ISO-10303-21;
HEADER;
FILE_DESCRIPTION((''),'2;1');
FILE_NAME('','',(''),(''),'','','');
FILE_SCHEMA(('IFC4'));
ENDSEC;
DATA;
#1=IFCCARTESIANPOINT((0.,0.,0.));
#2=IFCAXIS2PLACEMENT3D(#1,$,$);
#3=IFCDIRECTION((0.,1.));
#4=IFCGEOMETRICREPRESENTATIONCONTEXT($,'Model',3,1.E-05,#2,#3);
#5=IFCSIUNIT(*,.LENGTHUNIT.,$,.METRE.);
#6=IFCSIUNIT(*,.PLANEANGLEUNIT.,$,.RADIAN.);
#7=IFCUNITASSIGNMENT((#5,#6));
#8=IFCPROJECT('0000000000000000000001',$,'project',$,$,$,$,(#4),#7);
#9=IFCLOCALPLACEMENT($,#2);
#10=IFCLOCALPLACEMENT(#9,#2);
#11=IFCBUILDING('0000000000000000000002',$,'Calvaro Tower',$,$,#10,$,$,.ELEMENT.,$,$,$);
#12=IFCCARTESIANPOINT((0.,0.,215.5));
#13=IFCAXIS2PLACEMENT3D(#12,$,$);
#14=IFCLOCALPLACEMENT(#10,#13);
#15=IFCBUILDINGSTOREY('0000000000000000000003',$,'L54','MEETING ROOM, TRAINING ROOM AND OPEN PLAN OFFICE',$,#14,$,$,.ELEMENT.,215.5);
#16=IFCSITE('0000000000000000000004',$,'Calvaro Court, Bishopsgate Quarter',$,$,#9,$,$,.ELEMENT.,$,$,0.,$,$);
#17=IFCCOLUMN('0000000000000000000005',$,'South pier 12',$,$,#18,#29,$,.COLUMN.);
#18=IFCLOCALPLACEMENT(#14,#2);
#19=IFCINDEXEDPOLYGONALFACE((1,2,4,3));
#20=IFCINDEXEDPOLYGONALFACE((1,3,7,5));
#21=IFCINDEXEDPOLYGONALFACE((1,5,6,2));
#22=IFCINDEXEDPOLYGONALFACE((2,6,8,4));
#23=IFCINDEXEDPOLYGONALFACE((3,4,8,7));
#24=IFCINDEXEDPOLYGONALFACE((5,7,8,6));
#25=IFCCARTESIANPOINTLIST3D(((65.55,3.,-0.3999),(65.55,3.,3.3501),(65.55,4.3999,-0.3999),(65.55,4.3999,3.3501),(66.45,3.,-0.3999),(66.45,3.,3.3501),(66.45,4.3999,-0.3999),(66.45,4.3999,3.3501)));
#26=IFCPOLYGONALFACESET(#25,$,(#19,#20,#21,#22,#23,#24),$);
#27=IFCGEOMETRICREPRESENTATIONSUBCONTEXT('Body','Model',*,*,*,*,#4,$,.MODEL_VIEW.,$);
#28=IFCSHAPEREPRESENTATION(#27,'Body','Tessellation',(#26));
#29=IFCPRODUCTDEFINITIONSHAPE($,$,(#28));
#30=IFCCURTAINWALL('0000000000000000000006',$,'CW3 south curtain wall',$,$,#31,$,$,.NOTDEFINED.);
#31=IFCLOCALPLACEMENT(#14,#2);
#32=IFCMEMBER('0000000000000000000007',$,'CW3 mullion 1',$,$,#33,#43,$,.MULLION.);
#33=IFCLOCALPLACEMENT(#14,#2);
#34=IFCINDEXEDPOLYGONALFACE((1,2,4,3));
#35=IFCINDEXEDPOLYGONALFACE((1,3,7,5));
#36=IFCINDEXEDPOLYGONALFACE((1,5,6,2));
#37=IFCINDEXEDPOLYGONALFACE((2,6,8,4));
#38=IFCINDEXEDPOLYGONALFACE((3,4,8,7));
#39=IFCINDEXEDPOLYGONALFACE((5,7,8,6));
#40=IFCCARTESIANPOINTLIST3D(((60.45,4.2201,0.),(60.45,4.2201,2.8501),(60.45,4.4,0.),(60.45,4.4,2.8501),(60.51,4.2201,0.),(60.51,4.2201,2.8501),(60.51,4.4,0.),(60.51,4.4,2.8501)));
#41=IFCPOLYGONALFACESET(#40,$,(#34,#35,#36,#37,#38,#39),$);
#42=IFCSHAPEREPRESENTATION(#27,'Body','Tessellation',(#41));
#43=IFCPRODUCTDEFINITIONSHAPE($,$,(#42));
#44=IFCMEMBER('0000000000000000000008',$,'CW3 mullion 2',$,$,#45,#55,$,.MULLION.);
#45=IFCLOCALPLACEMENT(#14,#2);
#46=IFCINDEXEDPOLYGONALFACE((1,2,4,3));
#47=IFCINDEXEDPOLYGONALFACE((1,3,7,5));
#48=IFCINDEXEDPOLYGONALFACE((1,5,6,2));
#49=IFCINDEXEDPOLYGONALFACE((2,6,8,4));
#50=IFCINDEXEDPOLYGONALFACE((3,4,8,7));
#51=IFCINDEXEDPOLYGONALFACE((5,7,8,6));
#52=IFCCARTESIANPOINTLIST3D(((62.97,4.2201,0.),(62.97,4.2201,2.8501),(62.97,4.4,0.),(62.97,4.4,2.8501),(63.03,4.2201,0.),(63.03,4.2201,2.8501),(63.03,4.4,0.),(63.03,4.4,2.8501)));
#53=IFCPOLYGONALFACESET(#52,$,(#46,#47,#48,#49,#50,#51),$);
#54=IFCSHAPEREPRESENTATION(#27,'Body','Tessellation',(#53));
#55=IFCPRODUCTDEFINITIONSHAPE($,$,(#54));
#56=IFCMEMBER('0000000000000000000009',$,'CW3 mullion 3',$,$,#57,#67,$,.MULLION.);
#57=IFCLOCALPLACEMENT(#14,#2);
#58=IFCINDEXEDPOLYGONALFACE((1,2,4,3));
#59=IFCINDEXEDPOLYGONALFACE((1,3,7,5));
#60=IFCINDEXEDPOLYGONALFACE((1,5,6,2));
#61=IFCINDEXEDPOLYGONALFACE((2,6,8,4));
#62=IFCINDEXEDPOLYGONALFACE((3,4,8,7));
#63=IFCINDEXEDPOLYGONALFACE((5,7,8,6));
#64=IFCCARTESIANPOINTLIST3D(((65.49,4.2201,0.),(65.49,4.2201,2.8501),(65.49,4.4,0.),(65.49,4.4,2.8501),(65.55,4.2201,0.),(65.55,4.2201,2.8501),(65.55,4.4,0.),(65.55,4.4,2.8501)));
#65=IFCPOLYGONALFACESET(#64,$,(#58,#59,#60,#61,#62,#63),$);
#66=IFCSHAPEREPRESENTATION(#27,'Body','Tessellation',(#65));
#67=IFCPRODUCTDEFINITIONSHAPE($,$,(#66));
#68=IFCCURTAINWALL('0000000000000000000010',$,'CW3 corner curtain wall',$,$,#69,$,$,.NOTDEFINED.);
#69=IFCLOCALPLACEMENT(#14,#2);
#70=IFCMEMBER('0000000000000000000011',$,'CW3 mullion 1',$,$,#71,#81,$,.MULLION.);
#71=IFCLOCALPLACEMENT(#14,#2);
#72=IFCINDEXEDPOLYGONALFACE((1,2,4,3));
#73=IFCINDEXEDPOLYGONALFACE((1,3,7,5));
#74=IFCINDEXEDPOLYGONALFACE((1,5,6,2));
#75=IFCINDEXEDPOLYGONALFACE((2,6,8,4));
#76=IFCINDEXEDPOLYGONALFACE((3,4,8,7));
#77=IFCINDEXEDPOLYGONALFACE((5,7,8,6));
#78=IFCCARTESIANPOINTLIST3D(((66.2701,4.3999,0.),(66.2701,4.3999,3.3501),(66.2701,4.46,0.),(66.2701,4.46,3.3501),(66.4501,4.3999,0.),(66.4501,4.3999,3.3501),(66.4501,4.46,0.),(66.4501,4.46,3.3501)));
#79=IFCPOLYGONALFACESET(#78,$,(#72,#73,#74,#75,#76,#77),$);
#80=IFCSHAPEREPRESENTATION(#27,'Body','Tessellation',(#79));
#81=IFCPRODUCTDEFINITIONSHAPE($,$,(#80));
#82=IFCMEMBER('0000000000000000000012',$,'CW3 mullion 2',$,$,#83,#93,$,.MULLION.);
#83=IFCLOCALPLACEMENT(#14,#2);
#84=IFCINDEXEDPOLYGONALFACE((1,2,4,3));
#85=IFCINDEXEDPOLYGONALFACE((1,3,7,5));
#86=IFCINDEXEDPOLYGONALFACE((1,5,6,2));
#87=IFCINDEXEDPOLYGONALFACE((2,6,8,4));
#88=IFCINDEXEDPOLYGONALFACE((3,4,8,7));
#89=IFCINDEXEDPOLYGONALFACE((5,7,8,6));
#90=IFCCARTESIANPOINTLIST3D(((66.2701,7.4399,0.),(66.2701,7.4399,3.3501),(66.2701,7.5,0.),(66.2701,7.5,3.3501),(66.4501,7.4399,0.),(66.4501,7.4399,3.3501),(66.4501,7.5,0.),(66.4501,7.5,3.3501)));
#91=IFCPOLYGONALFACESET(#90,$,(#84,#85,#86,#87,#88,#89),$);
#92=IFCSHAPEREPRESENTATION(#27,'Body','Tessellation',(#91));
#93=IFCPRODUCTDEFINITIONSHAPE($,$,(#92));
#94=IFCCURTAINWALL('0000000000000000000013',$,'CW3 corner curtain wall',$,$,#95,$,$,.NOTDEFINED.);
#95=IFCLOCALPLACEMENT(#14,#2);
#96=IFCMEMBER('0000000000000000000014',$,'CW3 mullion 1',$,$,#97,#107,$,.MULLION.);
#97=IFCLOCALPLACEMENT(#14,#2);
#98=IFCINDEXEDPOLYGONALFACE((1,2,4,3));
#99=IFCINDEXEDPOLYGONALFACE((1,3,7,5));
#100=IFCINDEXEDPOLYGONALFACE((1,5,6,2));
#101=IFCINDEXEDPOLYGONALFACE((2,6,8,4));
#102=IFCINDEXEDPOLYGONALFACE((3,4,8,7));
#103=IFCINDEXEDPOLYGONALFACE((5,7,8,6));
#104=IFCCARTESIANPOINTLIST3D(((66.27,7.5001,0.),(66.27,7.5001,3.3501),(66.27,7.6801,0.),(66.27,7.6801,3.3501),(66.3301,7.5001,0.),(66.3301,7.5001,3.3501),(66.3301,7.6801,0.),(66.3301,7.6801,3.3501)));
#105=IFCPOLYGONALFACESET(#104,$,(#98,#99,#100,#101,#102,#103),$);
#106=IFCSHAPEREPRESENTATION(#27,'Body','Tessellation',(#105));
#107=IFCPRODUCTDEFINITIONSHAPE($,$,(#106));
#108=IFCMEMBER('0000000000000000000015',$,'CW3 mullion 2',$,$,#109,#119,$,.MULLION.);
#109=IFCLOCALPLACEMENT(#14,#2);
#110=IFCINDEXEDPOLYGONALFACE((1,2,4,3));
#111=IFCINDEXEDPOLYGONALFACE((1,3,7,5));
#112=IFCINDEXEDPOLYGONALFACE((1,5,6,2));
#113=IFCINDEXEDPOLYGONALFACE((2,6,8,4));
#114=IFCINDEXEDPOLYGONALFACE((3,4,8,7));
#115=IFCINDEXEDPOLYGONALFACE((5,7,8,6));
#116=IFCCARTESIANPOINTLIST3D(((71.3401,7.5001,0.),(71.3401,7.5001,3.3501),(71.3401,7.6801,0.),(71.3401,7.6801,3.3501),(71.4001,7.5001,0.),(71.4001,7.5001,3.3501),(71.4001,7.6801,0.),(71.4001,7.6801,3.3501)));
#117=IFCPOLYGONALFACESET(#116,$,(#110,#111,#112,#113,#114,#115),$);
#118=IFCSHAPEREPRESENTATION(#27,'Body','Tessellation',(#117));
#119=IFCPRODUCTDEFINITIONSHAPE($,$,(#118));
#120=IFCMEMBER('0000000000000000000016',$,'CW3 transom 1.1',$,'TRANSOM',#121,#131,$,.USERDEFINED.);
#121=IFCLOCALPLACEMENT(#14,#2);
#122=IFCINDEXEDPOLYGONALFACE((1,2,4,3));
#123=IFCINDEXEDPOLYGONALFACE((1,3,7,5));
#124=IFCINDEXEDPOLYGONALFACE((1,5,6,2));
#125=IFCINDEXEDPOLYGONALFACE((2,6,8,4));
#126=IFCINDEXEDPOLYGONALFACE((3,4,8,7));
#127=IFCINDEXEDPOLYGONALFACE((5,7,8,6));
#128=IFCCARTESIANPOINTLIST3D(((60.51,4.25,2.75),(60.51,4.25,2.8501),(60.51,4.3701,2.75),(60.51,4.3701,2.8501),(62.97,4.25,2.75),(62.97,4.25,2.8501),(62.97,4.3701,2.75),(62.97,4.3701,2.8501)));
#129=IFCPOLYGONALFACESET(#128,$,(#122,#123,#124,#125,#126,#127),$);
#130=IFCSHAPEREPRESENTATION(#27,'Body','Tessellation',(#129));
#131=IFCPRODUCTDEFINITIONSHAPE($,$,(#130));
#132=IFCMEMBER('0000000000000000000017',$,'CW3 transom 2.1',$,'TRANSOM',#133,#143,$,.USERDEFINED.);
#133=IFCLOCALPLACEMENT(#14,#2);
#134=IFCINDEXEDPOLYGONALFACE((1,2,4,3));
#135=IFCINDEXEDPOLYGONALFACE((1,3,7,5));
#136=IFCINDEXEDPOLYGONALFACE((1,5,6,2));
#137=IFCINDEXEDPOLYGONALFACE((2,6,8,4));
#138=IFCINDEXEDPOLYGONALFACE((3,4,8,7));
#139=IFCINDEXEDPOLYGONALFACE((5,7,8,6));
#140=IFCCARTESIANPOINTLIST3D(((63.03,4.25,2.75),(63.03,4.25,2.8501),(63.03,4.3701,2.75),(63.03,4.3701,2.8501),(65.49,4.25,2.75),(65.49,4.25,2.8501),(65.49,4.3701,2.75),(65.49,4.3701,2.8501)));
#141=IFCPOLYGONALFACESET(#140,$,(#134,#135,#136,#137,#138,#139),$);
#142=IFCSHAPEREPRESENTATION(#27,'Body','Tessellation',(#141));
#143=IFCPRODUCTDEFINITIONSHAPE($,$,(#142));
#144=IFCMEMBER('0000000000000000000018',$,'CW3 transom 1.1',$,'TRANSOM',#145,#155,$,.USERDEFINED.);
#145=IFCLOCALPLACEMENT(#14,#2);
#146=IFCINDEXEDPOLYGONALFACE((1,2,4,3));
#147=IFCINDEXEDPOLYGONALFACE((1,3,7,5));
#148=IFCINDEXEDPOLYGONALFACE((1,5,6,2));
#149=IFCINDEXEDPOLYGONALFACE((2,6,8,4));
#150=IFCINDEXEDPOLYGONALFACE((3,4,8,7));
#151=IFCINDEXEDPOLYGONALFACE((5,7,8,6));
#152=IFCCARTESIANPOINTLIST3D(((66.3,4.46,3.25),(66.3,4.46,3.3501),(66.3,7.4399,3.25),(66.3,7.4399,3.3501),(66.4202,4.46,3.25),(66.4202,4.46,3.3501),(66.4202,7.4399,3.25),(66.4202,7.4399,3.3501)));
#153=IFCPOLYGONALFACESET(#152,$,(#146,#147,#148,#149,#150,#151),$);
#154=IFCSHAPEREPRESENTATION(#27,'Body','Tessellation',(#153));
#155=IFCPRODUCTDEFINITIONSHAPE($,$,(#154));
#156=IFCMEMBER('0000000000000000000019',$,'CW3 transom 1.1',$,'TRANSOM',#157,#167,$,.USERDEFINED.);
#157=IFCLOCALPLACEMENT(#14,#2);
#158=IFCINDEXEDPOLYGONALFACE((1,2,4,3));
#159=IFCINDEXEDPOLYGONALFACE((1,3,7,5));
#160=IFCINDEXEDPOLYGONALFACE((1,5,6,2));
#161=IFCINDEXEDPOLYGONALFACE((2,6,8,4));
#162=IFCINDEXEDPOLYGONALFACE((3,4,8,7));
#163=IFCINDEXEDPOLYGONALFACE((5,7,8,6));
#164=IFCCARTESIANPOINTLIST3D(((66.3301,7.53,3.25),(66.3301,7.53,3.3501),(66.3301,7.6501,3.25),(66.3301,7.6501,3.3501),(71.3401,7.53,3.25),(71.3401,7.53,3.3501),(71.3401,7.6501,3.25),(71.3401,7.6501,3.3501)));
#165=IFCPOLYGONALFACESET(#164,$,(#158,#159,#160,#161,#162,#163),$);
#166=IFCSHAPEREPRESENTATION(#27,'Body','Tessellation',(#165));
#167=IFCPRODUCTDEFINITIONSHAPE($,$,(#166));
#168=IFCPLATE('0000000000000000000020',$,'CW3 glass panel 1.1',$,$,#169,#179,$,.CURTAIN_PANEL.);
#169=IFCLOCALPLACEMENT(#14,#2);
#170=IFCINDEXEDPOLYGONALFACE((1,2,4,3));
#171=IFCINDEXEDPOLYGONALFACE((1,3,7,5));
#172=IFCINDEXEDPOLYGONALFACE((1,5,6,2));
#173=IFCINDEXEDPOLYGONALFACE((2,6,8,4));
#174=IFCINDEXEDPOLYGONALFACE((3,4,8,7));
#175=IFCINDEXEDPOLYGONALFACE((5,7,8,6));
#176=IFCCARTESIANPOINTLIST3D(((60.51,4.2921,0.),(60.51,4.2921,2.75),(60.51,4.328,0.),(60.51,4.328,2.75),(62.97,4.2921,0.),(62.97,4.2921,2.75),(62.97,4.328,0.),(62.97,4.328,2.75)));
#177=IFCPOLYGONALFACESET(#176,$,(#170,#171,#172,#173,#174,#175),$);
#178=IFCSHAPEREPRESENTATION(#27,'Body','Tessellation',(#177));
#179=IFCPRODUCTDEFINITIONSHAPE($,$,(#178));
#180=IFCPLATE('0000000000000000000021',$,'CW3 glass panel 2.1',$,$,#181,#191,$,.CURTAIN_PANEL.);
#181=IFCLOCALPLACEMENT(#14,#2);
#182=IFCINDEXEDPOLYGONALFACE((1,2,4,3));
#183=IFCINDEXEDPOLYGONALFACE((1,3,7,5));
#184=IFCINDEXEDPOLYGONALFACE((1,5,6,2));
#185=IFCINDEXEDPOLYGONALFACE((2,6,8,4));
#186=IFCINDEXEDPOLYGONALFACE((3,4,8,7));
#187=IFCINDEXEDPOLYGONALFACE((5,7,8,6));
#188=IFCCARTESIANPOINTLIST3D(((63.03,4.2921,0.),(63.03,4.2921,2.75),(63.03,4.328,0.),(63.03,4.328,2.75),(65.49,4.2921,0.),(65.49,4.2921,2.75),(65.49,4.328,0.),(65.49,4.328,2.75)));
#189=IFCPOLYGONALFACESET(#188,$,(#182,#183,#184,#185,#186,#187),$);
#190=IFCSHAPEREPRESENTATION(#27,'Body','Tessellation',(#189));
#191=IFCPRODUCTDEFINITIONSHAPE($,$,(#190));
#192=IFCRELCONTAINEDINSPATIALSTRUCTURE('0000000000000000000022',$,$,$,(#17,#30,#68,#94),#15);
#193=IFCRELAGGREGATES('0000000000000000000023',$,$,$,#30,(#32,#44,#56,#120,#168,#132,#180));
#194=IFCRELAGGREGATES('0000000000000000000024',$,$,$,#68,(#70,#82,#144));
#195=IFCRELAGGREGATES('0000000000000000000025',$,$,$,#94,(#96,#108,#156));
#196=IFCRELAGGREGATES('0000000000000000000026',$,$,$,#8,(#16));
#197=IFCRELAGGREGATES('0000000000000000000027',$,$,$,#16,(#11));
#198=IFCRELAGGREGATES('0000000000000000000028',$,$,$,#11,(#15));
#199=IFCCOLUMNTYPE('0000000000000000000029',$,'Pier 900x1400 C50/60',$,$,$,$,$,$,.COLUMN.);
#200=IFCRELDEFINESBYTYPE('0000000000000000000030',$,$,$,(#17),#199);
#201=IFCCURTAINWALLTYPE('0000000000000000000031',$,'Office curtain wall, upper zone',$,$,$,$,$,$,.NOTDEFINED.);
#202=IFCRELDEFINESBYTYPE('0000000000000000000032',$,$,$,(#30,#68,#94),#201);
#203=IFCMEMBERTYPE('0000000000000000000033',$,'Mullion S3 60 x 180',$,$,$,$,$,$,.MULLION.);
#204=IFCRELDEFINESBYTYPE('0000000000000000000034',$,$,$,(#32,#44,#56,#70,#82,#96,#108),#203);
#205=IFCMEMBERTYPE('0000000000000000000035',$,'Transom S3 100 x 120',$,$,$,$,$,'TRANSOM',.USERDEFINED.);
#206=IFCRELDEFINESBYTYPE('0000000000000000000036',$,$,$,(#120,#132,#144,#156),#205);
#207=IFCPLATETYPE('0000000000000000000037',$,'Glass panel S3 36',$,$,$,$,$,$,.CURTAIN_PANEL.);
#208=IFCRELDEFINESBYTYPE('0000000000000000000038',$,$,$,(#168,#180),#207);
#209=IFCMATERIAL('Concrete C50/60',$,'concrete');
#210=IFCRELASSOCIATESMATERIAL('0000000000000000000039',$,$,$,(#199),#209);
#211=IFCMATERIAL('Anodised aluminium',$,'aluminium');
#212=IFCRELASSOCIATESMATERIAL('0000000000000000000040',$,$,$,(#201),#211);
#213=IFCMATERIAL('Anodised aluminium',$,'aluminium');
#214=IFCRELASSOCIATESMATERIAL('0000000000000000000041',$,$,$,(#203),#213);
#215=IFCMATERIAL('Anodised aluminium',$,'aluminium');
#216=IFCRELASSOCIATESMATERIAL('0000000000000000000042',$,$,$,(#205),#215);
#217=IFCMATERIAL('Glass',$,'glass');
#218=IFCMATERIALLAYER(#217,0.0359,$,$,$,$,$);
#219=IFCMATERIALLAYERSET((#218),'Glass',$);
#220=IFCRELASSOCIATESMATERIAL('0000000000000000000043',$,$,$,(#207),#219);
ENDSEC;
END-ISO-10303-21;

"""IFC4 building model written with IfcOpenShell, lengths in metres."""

from ifc_helpers import new_model, si_unit, direction, frame, origin, origin_2d, place, context, subcontext, project, spatial, rectangle, extrude, material, layer, layer_set, material_profile, profile_set, type_object, element, aggregate, save


model = new_model("IFC4")

# Units and contexts
model_context = context("Model", 3, precision=1e-05, world=origin(), true_north=direction((0.0, 1.0)))
body_context = subcontext(model_context, "Body", "Model", "MODEL_VIEW")
ifc_project = project(units=[si_unit("LENGTHUNIT", "METRE"), si_unit("PLANEANGLEUNIT", "RADIAN")], contexts=[model_context])

# Site, building, storey
site_placement = place(None, origin())
site = spatial("IfcSite", under=ifc_project, at=site_placement, Name="Calvaro Court, Bishopsgate Quarter", CompositionType="ELEMENT", RefElevation=0.0)
building_placement = place(site_placement, origin())
building = spatial("IfcBuilding", under=site, at=building_placement, Name="Calvaro Tower", CompositionType="ELEMENT")
storey_placement = place(building_placement, frame((0.0, 0.0, 215.5)))
storey = spatial("IfcBuildingStorey", under=building, at=storey_placement, Name="L54", Description="MEETING ROOM, TRAINING ROOM AND OPEN PLAN OFFICE", CompositionType="ELEMENT", Elevation=215.5)

# Column
ifc_material_1 = material(Name="Concrete C50/60", Category="concrete")
ifc_material_profile_1 = material_profile(ifc_material_1, rectangle(XDim=0.8999, YDim=1.3999, at=origin_2d()), Name="RC 900x1400")
ifc_profile_set_1 = profile_set([ifc_material_profile_1], Name="Concrete C50/60")
column_type = type_object("IfcColumnType", Name="Pier 900x1400 C50/60", PredefinedType="COLUMN", material=ifc_profile_set_1)
column_placement = place(storey_placement, frame((66.0, 3.7, -0.3999), z_axis=(0.0, 0.0, 1.0), x_axis=(1.0, 0.0, 0.0)))
element("IfcColumn", 1, at=column_placement, inside=storey, type_object=column_type, Name="South pier 12", PredefinedType="COLUMN", context=body_context, shape_type="SweptSolid", body=[
    extrude(rectangle(XDim=0.8999, YDim=1.3999, at=origin_2d()), origin(), (0.0, 0.0, 1.0), 3.75),
])

# Curtain walls, members
ifc_material_2 = material(Name="Anodised aluminium", Category="aluminium")
curtain_wall_type = type_object("IfcCurtainWallType", Name="Office curtain wall, upper zone", PredefinedType="NOTDEFINED", material=ifc_material_2)
curtain_wall_1_placement = place(storey_placement, origin())
curtain_wall_1 = element("IfcCurtainWall", 2, at=curtain_wall_1_placement, inside=storey, type_object=curtain_wall_type, Name="CW3 south curtain wall", PredefinedType="NOTDEFINED")
ifc_material_3 = material(Name="Anodised aluminium", Category="aluminium")
ifc_material_profile_2 = material_profile(ifc_material_3, rectangle(XDim=0.1799, YDim=0.0601, at=origin_2d()), Name="Mullion S3 60 x 180")
ifc_profile_set_2 = profile_set([ifc_material_profile_2], Name="Anodised aluminium")
member_type_1 = type_object("IfcMemberType", Name="Mullion S3 60 x 180", PredefinedType="MULLION", material=ifc_profile_set_2)
member_1_placement = place(storey_placement, frame((60.48, 4.3101, 0.0), z_axis=(0.0, 0.0, 1.0), x_axis=(0.0, 1.0, 0.0)))
member_1 = element("IfcMember", 3, at=member_1_placement, type_object=member_type_1, Name="CW3 mullion 1", PredefinedType="MULLION", context=body_context, shape_type="SweptSolid", body=[
    extrude(rectangle(XDim=0.1799, YDim=0.0601, at=origin_2d()), origin(), (0.0, 0.0, 1.0), 2.8501),
])
member_2_placement = place(storey_placement, frame((63.0, 4.3101, 0.0), z_axis=(0.0, 0.0, 1.0), x_axis=(0.0, 1.0, 0.0)))
member_2 = element("IfcMember", 4, at=member_2_placement, type_object=member_type_1, Name="CW3 mullion 2", PredefinedType="MULLION", context=body_context, shape_type="SweptSolid", body=[
    extrude(rectangle(XDim=0.1799, YDim=0.0601, at=origin_2d()), origin(), (0.0, 0.0, 1.0), 2.8501),
])
member_3_placement = place(storey_placement, frame((65.52, 4.3101, 0.0), z_axis=(0.0, 0.0, 1.0), x_axis=(0.0, 1.0, 0.0)))
member_3 = element("IfcMember", 5, at=member_3_placement, type_object=member_type_1, Name="CW3 mullion 3", PredefinedType="MULLION", context=body_context, shape_type="SweptSolid", body=[
    extrude(rectangle(XDim=0.1799, YDim=0.0601, at=origin_2d()), origin(), (0.0, 0.0, 1.0), 2.8501),
])
curtain_wall_2_placement = place(storey_placement, origin())
curtain_wall_2 = element("IfcCurtainWall", 6, at=curtain_wall_2_placement, inside=storey, type_object=curtain_wall_type, Name="CW3 corner curtain wall", PredefinedType="NOTDEFINED")
member_4_placement = place(storey_placement, frame((66.3601, 4.4299, 0.0), z_axis=(0.0, 0.0, 1.0), x_axis=(-1.0, 0.0, 0.0)))
member_4 = element("IfcMember", 7, at=member_4_placement, type_object=member_type_1, Name="CW3 mullion 1", PredefinedType="MULLION", context=body_context, shape_type="SweptSolid", body=[
    extrude(rectangle(XDim=0.1799, YDim=0.0601, at=origin_2d()), origin(), (0.0, 0.0, 1.0), 3.3501),
])
member_5_placement = place(storey_placement, frame((66.3601, 7.47, 0.0), z_axis=(0.0, 0.0, 1.0), x_axis=(-1.0, 0.0, 0.0)))
member_5 = element("IfcMember", 8, at=member_5_placement, type_object=member_type_1, Name="CW3 mullion 2", PredefinedType="MULLION", context=body_context, shape_type="SweptSolid", body=[
    extrude(rectangle(XDim=0.1799, YDim=0.0601, at=origin_2d()), origin(), (0.0, 0.0, 1.0), 3.3501),
])
curtain_wall_3_placement = place(storey_placement, origin())
curtain_wall_3 = element("IfcCurtainWall", 9, at=curtain_wall_3_placement, inside=storey, type_object=curtain_wall_type, Name="CW3 corner curtain wall", PredefinedType="NOTDEFINED")
member_6_placement = place(storey_placement, frame((66.3, 7.5901, 0.0), z_axis=(0.0, 0.0, 1.0), x_axis=(0.0, 1.0, 0.0)))
member_6 = element("IfcMember", 10, at=member_6_placement, type_object=member_type_1, Name="CW3 mullion 1", PredefinedType="MULLION", context=body_context, shape_type="SweptSolid", body=[
    extrude(rectangle(XDim=0.1799, YDim=0.0601, at=origin_2d()), origin(), (0.0, 0.0, 1.0), 3.3501),
])
member_7_placement = place(storey_placement, frame((71.3701, 7.5901, 0.0), z_axis=(0.0, 0.0, 1.0), x_axis=(0.0, 1.0, 0.0)))
member_7 = element("IfcMember", 11, at=member_7_placement, type_object=member_type_1, Name="CW3 mullion 2", PredefinedType="MULLION", context=body_context, shape_type="SweptSolid", body=[
    extrude(rectangle(XDim=0.1799, YDim=0.0601, at=origin_2d()), origin(), (0.0, 0.0, 1.0), 3.3501),
])

# Members
ifc_material_4 = material(Name="Anodised aluminium", Category="aluminium")
ifc_material_profile_3 = material_profile(ifc_material_4, rectangle(XDim=0.1201, YDim=0.1001, at=origin_2d()), Name="Transom S3 100 x 120")
ifc_profile_set_3 = profile_set([ifc_material_profile_3], Name="Anodised aluminium")
member_type_2 = type_object("IfcMemberType", Name="Transom S3 100 x 120", ElementType="TRANSOM", PredefinedType="USERDEFINED", material=ifc_profile_set_3)
member_8_placement = place(storey_placement, frame((60.51, 4.3101, 2.8), z_axis=(1.0, 0.0, 0.0), x_axis=(0.0, 1.0, 0.0)))
member_8 = element("IfcMember", 12, at=member_8_placement, type_object=member_type_2, Name="CW3 transom 1.1", ObjectType="TRANSOM", PredefinedType="USERDEFINED", context=body_context, shape_type="SweptSolid", body=[
    extrude(rectangle(XDim=0.1201, YDim=0.1001, at=origin_2d()), origin(), (0.0, 0.0, 1.0), 2.46),
])
member_9_placement = place(storey_placement, frame((63.03, 4.3101, 2.8), z_axis=(1.0, 0.0, 0.0), x_axis=(0.0, 1.0, 0.0)))
member_9 = element("IfcMember", 13, at=member_9_placement, type_object=member_type_2, Name="CW3 transom 2.1", ObjectType="TRANSOM", PredefinedType="USERDEFINED", context=body_context, shape_type="SweptSolid", body=[
    extrude(rectangle(XDim=0.1201, YDim=0.1001, at=origin_2d()), origin(), (0.0, 0.0, 1.0), 2.46),
])
member_10_placement = place(storey_placement, frame((66.3601, 4.46, 3.3), z_axis=(0.0, 1.0, 0.0), x_axis=(-1.0, 0.0, 0.0)))
member_10 = element("IfcMember", 14, at=member_10_placement, type_object=member_type_2, Name="CW3 transom 1.1", ObjectType="TRANSOM", PredefinedType="USERDEFINED", context=body_context, shape_type="SweptSolid", body=[
    extrude(rectangle(XDim=0.1201, YDim=0.1001, at=origin_2d()), origin(), (0.0, 0.0, 1.0), 2.98),
])
member_11_placement = place(storey_placement, frame((66.3301, 7.5901, 3.3), z_axis=(1.0, 0.0, 0.0), x_axis=(0.0, 1.0, 0.0)))
member_11 = element("IfcMember", 15, at=member_11_placement, type_object=member_type_2, Name="CW3 transom 1.1", ObjectType="TRANSOM", PredefinedType="USERDEFINED", context=body_context, shape_type="SweptSolid", body=[
    extrude(rectangle(XDim=0.1201, YDim=0.1001, at=origin_2d()), origin(), (0.0, 0.0, 1.0), 5.01),
])

# Plates
ifc_material_5 = material(Name="Glass", Category="glass")
ifc_layer_1 = layer(ifc_material_5, 0.0359)
ifc_layer_set_1 = layer_set([ifc_layer_1], Name="Glass")
plate_type = type_object("IfcPlateType", Name="Glass panel S3 36", PredefinedType="CURTAIN_PANEL", material=ifc_layer_set_1)
plate_1_placement = place(storey_placement, frame((61.74, 4.3101, 0.0), z_axis=(0.0, 0.0, 1.0), x_axis=(1.0, 0.0, 0.0)))
plate_1 = element("IfcPlate", 16, at=plate_1_placement, type_object=plate_type, Name="CW3 glass panel 1.1", PredefinedType="CURTAIN_PANEL", context=body_context, shape_type="SweptSolid", body=[
    extrude(rectangle(XDim=2.46, YDim=0.0359, at=origin_2d()), origin(), (0.0, 0.0, 1.0), 2.75),
])
plate_2_placement = place(storey_placement, frame((64.26, 4.3101, 0.0), z_axis=(0.0, 0.0, 1.0), x_axis=(1.0, 0.0, 0.0)))
plate_2 = element("IfcPlate", 17, at=plate_2_placement, type_object=plate_type, Name="CW3 glass panel 2.1", PredefinedType="CURTAIN_PANEL", context=body_context, shape_type="SweptSolid", body=[
    extrude(rectangle(XDim=2.46, YDim=0.0359, at=origin_2d()), origin(), (0.0, 0.0, 1.0), 2.75),
])
aggregate(curtain_wall_1, [member_1, member_2, member_3, member_8, plate_1, member_9, plate_2])
aggregate(curtain_wall_2, [member_4, member_5, member_10])
aggregate(curtain_wall_3, [member_6, member_7, member_11])

save(model, "model.ifc")
